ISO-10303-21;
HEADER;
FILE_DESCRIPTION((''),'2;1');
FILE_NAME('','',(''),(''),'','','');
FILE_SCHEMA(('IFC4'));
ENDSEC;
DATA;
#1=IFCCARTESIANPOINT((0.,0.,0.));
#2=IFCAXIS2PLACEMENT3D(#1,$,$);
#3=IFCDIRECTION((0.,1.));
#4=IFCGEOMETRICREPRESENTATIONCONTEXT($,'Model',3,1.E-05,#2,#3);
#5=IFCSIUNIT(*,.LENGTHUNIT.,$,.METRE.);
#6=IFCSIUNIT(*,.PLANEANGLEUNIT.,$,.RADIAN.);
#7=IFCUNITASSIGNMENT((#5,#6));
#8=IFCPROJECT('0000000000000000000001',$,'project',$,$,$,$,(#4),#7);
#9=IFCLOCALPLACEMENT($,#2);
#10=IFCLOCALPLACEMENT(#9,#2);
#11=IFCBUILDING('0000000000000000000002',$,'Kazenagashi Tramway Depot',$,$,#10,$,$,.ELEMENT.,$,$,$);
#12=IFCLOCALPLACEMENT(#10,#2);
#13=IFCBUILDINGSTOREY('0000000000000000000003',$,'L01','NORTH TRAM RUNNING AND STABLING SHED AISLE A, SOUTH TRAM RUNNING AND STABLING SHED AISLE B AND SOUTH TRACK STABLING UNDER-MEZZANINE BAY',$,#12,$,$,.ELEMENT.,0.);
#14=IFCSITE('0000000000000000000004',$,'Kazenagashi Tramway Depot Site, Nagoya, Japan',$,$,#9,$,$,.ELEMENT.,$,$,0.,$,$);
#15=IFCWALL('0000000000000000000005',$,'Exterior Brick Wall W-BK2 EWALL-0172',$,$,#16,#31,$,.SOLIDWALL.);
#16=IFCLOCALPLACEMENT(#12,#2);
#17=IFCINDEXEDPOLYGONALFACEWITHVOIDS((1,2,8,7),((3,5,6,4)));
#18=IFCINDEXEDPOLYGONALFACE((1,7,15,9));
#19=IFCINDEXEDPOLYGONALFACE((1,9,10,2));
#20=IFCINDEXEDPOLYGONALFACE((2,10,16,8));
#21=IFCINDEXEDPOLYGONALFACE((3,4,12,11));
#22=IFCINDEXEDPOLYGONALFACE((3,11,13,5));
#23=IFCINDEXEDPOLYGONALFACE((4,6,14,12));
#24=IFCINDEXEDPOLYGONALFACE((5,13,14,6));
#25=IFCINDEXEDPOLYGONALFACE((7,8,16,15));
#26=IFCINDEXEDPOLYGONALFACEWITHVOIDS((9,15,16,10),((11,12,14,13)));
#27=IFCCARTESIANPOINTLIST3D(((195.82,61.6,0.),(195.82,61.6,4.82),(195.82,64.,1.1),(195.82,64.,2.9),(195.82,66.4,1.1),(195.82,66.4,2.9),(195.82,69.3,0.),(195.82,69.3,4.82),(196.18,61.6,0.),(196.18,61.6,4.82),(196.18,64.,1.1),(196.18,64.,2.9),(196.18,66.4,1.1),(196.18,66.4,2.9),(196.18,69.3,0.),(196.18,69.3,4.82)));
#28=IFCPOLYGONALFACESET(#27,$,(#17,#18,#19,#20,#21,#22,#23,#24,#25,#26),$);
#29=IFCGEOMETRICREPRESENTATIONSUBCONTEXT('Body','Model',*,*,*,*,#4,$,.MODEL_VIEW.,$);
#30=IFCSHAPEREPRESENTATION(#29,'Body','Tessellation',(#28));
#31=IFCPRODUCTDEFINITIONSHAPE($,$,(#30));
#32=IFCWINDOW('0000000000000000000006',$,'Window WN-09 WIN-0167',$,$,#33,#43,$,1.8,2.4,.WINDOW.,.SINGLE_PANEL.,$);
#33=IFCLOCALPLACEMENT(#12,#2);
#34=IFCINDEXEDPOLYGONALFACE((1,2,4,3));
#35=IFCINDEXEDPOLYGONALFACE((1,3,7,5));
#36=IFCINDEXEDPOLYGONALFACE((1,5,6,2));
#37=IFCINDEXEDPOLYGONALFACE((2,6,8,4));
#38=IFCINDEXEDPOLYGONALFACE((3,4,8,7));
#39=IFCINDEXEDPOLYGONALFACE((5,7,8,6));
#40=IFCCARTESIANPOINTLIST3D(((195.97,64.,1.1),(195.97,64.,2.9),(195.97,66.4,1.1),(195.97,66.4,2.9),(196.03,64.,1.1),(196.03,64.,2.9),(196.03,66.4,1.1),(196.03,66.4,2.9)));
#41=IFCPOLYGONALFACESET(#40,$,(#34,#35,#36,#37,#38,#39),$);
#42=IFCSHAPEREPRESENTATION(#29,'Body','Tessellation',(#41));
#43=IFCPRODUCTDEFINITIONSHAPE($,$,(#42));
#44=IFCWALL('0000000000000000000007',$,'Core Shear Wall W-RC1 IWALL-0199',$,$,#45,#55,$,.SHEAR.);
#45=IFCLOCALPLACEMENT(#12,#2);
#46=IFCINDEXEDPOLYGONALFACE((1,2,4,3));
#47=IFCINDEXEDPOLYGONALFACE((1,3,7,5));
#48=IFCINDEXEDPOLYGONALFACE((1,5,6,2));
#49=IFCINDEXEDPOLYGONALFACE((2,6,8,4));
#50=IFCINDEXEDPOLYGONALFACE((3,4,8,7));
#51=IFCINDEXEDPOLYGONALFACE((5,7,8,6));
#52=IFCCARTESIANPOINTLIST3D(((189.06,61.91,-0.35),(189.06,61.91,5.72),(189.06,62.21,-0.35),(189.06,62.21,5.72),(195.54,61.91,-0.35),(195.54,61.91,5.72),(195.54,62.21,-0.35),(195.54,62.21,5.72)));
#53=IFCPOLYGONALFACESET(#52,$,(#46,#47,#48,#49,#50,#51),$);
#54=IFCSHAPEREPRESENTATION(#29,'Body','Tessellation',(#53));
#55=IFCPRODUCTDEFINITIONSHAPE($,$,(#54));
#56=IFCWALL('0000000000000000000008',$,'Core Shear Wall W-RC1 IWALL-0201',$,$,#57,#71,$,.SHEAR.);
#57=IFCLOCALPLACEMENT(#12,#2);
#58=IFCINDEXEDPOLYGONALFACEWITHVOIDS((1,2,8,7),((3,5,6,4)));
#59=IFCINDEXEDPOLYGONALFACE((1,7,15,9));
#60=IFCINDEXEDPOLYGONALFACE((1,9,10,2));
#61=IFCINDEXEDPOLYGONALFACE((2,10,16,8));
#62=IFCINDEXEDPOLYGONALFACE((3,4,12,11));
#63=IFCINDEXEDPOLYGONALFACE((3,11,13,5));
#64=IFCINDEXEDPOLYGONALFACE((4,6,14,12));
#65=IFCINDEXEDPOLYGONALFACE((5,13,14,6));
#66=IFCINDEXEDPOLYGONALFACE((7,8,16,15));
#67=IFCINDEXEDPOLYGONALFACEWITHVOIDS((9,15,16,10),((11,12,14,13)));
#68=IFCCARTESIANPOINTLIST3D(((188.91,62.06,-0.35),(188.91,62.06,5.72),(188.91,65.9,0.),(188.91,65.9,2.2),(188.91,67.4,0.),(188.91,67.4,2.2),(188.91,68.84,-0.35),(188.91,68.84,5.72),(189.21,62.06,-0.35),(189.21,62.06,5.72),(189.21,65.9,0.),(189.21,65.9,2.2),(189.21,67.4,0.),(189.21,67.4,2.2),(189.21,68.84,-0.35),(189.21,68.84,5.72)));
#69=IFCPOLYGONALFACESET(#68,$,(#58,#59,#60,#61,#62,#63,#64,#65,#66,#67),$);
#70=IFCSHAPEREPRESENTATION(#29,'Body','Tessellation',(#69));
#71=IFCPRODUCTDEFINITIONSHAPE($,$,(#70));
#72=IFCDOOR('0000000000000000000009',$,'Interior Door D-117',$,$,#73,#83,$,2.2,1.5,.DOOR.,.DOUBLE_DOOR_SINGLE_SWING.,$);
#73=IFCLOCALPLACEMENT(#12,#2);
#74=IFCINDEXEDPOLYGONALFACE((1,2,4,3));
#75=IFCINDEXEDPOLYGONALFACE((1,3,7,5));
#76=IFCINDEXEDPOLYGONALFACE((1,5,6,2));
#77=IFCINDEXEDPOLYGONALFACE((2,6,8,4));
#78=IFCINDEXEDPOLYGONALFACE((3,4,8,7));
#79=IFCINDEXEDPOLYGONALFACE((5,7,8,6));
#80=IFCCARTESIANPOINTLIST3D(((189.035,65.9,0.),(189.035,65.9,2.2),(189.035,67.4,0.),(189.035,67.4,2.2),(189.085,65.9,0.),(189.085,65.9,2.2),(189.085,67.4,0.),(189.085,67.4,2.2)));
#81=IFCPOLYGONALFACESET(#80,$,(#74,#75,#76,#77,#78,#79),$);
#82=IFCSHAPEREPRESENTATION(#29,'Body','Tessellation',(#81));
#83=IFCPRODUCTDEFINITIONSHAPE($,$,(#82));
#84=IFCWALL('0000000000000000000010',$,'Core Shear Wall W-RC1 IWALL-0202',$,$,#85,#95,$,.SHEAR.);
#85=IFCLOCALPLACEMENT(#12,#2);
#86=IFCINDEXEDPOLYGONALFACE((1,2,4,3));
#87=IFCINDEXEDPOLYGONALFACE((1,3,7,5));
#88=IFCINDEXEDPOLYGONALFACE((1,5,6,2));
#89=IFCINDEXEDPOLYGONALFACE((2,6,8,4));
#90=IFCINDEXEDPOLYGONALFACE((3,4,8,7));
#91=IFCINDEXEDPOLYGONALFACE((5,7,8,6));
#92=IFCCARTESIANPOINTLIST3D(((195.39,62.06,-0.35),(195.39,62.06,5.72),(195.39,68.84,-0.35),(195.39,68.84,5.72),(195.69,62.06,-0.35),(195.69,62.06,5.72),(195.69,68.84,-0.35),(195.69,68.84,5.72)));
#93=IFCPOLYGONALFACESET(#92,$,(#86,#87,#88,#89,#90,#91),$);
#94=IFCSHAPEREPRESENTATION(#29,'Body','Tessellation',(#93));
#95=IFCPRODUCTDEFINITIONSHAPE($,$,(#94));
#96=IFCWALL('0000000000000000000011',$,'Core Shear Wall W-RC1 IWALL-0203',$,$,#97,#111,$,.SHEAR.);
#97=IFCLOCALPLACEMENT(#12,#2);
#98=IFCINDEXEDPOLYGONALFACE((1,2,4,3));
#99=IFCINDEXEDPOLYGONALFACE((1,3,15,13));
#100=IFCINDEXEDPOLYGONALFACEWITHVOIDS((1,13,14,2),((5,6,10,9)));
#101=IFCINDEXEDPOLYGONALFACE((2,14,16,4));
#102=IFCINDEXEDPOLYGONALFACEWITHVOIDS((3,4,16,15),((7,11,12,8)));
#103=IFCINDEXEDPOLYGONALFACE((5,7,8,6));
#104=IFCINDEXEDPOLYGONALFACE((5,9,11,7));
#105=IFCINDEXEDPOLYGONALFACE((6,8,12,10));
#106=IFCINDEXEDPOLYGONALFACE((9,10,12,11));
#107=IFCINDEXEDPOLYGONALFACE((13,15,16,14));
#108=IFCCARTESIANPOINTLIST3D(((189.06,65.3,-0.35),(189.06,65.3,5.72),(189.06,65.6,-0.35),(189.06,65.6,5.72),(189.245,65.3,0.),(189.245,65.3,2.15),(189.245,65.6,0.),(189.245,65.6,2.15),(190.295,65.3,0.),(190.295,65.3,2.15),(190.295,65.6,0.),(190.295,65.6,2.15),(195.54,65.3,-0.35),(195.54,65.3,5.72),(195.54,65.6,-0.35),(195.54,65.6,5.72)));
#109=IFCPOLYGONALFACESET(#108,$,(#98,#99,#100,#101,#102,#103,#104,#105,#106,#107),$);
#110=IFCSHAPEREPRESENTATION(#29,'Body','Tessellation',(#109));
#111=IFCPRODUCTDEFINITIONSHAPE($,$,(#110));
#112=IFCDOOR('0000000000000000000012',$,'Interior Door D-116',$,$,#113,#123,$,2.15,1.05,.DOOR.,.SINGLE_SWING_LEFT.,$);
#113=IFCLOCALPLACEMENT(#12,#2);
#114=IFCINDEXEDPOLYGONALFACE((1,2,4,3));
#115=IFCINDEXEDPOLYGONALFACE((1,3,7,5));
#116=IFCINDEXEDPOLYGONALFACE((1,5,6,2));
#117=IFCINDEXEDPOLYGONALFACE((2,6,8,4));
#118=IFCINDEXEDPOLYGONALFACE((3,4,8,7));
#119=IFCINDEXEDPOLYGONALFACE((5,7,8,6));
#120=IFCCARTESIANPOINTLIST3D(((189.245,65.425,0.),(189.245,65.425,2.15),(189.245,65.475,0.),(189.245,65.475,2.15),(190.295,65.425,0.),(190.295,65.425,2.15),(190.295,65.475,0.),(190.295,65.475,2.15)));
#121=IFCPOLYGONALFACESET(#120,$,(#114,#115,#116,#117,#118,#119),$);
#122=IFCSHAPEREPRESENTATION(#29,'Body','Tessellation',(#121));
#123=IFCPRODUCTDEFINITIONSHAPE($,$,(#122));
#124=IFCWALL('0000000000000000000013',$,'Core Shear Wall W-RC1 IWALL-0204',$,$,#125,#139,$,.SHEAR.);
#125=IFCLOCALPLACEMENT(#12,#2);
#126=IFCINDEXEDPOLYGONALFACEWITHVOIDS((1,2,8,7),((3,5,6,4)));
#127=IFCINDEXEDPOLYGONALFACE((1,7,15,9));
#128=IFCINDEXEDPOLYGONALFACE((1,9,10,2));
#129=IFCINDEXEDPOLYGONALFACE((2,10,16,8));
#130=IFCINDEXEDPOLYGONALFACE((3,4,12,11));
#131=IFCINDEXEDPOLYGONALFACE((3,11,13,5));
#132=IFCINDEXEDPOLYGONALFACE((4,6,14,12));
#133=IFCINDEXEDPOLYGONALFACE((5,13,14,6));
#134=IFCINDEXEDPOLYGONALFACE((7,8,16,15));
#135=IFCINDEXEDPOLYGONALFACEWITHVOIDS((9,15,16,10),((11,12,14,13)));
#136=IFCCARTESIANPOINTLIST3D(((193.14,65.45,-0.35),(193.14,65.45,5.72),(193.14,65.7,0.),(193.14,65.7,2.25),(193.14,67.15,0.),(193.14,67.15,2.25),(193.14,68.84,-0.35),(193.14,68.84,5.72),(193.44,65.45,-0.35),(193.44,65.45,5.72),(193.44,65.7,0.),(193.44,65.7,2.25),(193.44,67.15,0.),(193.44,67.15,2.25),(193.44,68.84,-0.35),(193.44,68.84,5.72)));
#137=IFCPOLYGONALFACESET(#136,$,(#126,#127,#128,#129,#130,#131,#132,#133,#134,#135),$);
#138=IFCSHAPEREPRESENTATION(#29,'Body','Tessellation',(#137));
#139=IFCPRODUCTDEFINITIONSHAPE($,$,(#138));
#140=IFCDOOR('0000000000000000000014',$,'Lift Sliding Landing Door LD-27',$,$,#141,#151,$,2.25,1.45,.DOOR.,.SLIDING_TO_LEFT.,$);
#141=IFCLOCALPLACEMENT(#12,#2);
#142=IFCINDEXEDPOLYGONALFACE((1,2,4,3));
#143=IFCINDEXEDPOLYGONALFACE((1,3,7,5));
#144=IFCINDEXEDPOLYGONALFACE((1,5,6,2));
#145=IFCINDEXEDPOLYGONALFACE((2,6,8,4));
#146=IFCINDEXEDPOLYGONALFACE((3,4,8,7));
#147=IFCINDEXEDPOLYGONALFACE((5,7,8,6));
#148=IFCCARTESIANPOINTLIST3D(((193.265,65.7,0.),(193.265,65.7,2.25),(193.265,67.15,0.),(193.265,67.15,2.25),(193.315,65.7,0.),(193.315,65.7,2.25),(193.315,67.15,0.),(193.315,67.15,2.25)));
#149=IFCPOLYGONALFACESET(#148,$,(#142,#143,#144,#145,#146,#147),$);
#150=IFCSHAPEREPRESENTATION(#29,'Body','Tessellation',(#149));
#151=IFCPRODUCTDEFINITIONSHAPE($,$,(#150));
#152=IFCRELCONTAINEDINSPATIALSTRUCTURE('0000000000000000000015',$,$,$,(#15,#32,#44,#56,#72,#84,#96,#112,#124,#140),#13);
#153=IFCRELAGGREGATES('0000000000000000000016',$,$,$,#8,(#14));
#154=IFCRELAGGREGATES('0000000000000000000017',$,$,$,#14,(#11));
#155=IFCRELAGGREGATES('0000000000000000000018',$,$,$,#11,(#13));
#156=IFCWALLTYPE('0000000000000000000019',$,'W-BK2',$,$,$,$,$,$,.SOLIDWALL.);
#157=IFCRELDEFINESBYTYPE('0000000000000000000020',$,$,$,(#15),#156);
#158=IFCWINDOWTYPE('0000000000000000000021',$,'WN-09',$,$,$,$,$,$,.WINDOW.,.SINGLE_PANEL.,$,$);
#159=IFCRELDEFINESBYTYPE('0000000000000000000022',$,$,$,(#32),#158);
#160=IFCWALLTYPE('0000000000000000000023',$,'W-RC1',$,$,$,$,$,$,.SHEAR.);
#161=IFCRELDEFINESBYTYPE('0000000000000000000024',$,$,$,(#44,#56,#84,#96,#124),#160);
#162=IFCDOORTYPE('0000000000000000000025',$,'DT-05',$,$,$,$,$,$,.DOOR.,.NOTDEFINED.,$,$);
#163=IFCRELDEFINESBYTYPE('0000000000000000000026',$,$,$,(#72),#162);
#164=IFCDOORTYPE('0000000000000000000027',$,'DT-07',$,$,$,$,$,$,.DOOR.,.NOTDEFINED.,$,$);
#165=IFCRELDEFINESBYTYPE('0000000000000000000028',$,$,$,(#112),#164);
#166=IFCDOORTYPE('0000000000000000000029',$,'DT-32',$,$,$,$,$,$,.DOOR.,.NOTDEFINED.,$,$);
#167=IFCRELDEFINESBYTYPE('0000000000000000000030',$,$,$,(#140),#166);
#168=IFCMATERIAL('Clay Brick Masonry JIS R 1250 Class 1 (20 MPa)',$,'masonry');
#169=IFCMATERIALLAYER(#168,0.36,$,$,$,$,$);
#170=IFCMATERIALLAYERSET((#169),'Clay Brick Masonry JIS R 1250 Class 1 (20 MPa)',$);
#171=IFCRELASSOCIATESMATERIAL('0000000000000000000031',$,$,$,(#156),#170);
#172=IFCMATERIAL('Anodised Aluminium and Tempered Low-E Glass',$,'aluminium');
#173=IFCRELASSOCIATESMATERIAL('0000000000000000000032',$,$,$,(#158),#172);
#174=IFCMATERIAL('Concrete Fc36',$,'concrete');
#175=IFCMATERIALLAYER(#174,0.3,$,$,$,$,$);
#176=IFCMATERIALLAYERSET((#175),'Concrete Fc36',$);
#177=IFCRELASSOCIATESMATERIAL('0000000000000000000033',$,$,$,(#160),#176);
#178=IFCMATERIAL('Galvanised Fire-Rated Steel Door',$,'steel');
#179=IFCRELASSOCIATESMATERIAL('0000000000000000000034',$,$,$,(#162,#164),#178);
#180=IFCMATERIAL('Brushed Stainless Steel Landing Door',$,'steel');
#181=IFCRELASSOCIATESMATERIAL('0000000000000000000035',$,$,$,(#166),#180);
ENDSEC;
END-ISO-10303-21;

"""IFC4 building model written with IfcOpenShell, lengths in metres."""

from ifc_helpers import new_model, si_unit, direction, frame, frame_2d, origin, place, context, subcontext, project, spatial, rectangle, extrude, material, layer, layer_set, type_object, element, fill, save


model = new_model("IFC4")

# Units and contexts
model_context = context("Model", 3, precision=1e-05, world=origin(), true_north=direction((0.0, 1.0)))
body_context = subcontext(model_context, "Body", "Model", "MODEL_VIEW")
ifc_project = project(units=[si_unit("LENGTHUNIT", "METRE"), si_unit("PLANEANGLEUNIT", "RADIAN")], contexts=[model_context])

# Site, building, storey
site_placement = place(None, origin())
site = spatial("IfcSite", under=ifc_project, at=site_placement, Name="Kazenagashi Tramway Depot Site, Nagoya, Japan", CompositionType="ELEMENT", RefElevation=0.0)
building_placement = place(site_placement, origin())
building = spatial("IfcBuilding", under=site, at=building_placement, Name="Kazenagashi Tramway Depot", CompositionType="ELEMENT")
storey_placement = place(building_placement, origin())
storey = spatial("IfcBuildingStorey", under=building, at=storey_placement, Name="L01", Description="NORTH TRAM RUNNING AND STABLING SHED AISLE A, SOUTH TRAM RUNNING AND STABLING SHED AISLE B AND SOUTH TRACK STABLING UNDER-MEZZANINE BAY", CompositionType="ELEMENT", Elevation=0.0)

# Wall, opening, window
ifc_material_1 = material(Name="Clay Brick Masonry JIS R 1250 Class 1 (20 MPa)", Category="masonry")
ifc_layer_1 = layer(ifc_material_1, 0.36)
ifc_layer_set_1 = layer_set([ifc_layer_1], Name="Clay Brick Masonry JIS R 1250 Class 1 (20 MPa)")
wall_type_1 = type_object("IfcWallType", Name="W-BK2", PredefinedType="SOLIDWALL", material=ifc_layer_set_1)
wall_1_placement = place(storey_placement, frame((196.0, 61.6, 0.0), z_axis=(0.0, 0.0, 1.0), x_axis=(0.0, 1.0, 0.0)))
wall_1 = element("IfcWall", 1, at=wall_1_placement, inside=storey, type_object=wall_type_1, Name="Exterior Brick Wall W-BK2 EWALL-0172", PredefinedType="SOLIDWALL", context=body_context, shape_type="SweptSolid", body=[
    extrude(rectangle(XDim=7.7, YDim=0.36, at=frame_2d((3.85, 0.0))), origin(), (0.0, 0.0, 1.0), 4.82),
])
opening_1_placement = place(wall_1_placement, frame((2.4, 0.0, 1.1)))
opening_1 = element("IfcOpeningElement", 2, at=opening_1_placement, cuts=wall_1, PredefinedType="OPENING", context=body_context, shape_type="SweptSolid", body=[
    extrude(rectangle(XDim=2.4, YDim=1.8, at=frame_2d((1.2, 0.9))), frame((0.0, 0.19, 0.0), z_axis=(0.0, -1.0, 0.0), x_axis=(1.0, 0.0, 0.0)), (0.0, 0.0, 1.0), 0.38),
])
ifc_material_2 = material(Name="Anodised Aluminium and Tempered Low-E Glass", Category="aluminium")
window_type = type_object("IfcWindowType", Name="WN-09", PartitioningType="SINGLE_PANEL", PredefinedType="WINDOW", material=ifc_material_2)
window_placement = place(opening_1_placement, origin())
window = element("IfcWindow", 3, at=window_placement, inside=storey, type_object=window_type, Name="Window WN-09 WIN-0167", OverallHeight=1.8, OverallWidth=2.4, PartitioningType="SINGLE_PANEL", PredefinedType="WINDOW", context=body_context, shape_type="SweptSolid", body=[
    extrude(rectangle(XDim=2.4, YDim=1.8, at=frame_2d((1.2, 0.9))), frame((0.0, 0.03, 0.0), z_axis=(0.0, -1.0, 0.0), x_axis=(1.0, 0.0, 0.0)), (0.0, 0.0, 1.0), 0.06),
])
fill(opening_1, window)

# Wall
ifc_material_3 = material(Name="Concrete Fc36", Category="concrete")
ifc_layer_2 = layer(ifc_material_3, 0.3)
ifc_layer_set_2 = layer_set([ifc_layer_2], Name="Concrete Fc36")
wall_type_2 = type_object("IfcWallType", Name="W-RC1", PredefinedType="SHEAR", material=ifc_layer_set_2)
wall_2_placement = place(storey_placement, frame((189.06, 62.06, -0.35), z_axis=(0.0, 0.0, 1.0), x_axis=(1.0, 0.0, 0.0)))
element("IfcWall", 4, at=wall_2_placement, inside=storey, type_object=wall_type_2, Name="Core Shear Wall W-RC1 IWALL-0199", PredefinedType="SHEAR", context=body_context, shape_type="SweptSolid", body=[
    extrude(rectangle(XDim=6.48, YDim=0.3, at=frame_2d((3.24, 0.0))), origin(), (0.0, 0.0, 1.0), 6.07),
])

# Wall, opening, door
wall_3_placement = place(storey_placement, frame((189.06, 62.06, -0.35), z_axis=(0.0, 0.0, 1.0), x_axis=(0.0, 1.0, 0.0)))
wall_3 = element("IfcWall", 5, at=wall_3_placement, inside=storey, type_object=wall_type_2, Name="Core Shear Wall W-RC1 IWALL-0201", PredefinedType="SHEAR", context=body_context, shape_type="SweptSolid", body=[
    extrude(rectangle(XDim=6.78, YDim=0.3, at=frame_2d((3.39, 0.0))), origin(), (0.0, 0.0, 1.0), 6.07),
])
opening_2_placement = place(wall_3_placement, frame((3.84, 0.0, 0.35)))
opening_2 = element("IfcOpeningElement", 6, at=opening_2_placement, cuts=wall_3, PredefinedType="OPENING", context=body_context, shape_type="SweptSolid", body=[
    extrude(rectangle(XDim=1.5, YDim=2.2, at=frame_2d((0.75, 1.1))), frame((0.0, 0.16, 0.0), z_axis=(0.0, -1.0, 0.0), x_axis=(1.0, 0.0, 0.0)), (0.0, 0.0, 1.0), 0.32),
])
ifc_material_4 = material(Name="Galvanised Fire-Rated Steel Door", Category="steel")
door_type_1 = type_object("IfcDoorType", Name="DT-05", OperationType="NOTDEFINED", PredefinedType="DOOR", material=ifc_material_4)
door_1_placement = place(opening_2_placement, origin())
door_1 = element("IfcDoor", 7, at=door_1_placement, inside=storey, type_object=door_type_1, Name="Interior Door D-117", OperationType="DOUBLE_DOOR_SINGLE_SWING", OverallHeight=2.2, OverallWidth=1.5, PredefinedType="DOOR", context=body_context, shape_type="SweptSolid", body=[
    extrude(rectangle(XDim=1.5, YDim=2.2, at=frame_2d((0.75, 1.1))), frame((0.0, 0.025, 0.0), z_axis=(0.0, -1.0, 0.0), x_axis=(1.0, 0.0, 0.0)), (0.0, 0.0, 1.0), 0.05),
])
fill(opening_2, door_1)

# Wall
wall_4_placement = place(storey_placement, frame((195.54, 62.06, -0.35), z_axis=(0.0, 0.0, 1.0), x_axis=(0.0, 1.0, 0.0)))
element("IfcWall", 8, at=wall_4_placement, inside=storey, type_object=wall_type_2, Name="Core Shear Wall W-RC1 IWALL-0202", PredefinedType="SHEAR", context=body_context, shape_type="SweptSolid", body=[
    extrude(rectangle(XDim=6.78, YDim=0.3, at=frame_2d((3.39, 0.0))), origin(), (0.0, 0.0, 1.0), 6.07),
])

# Walls, openings, doors
wall_5_placement = place(storey_placement, frame((189.06, 65.45, -0.35), z_axis=(0.0, 0.0, 1.0), x_axis=(1.0, 0.0, 0.0)))
wall_5 = element("IfcWall", 9, at=wall_5_placement, inside=storey, type_object=wall_type_2, Name="Core Shear Wall W-RC1 IWALL-0203", PredefinedType="SHEAR", context=body_context, shape_type="SweptSolid", body=[
    extrude(rectangle(XDim=6.48, YDim=0.3, at=frame_2d((3.24, 0.0))), origin(), (0.0, 0.0, 1.0), 6.07),
])
opening_3_placement = place(wall_5_placement, frame((0.185, 0.0, 0.35)))
opening_3 = element("IfcOpeningElement", 10, at=opening_3_placement, cuts=wall_5, PredefinedType="OPENING", context=body_context, shape_type="SweptSolid", body=[
    extrude(rectangle(XDim=1.05, YDim=2.15, at=frame_2d((0.525, 1.075))), frame((0.0, 0.16, 0.0), z_axis=(0.0, -1.0, 0.0), x_axis=(1.0, 0.0, 0.0)), (0.0, 0.0, 1.0), 0.32),
])
door_type_2 = type_object("IfcDoorType", Name="DT-07", OperationType="NOTDEFINED", PredefinedType="DOOR", material=ifc_material_4)
door_2_placement = place(opening_3_placement, origin())
door_2 = element("IfcDoor", 11, at=door_2_placement, inside=storey, type_object=door_type_2, Name="Interior Door D-116", OperationType="SINGLE_SWING_LEFT", OverallHeight=2.15, OverallWidth=1.05, PredefinedType="DOOR", context=body_context, shape_type="SweptSolid", body=[
    extrude(rectangle(XDim=1.05, YDim=2.15, at=frame_2d((0.525, 1.075))), frame((0.0, 0.025, 0.0), z_axis=(0.0, -1.0, 0.0), x_axis=(1.0, 0.0, 0.0)), (0.0, 0.0, 1.0), 0.05),
])
fill(opening_3, door_2)
wall_6_placement = place(storey_placement, frame((193.29, 65.45, -0.35), z_axis=(0.0, 0.0, 1.0), x_axis=(0.0, 1.0, 0.0)))
wall_6 = element("IfcWall", 12, at=wall_6_placement, inside=storey, type_object=wall_type_2, Name="Core Shear Wall W-RC1 IWALL-0204", PredefinedType="SHEAR", context=body_context, shape_type="SweptSolid", body=[
    extrude(rectangle(XDim=3.39, YDim=0.3, at=frame_2d((1.695, 0.0))), origin(), (0.0, 0.0, 1.0), 6.07),
])
opening_4_placement = place(wall_6_placement, frame((0.25, 0.0, 0.35)))
opening_4 = element("IfcOpeningElement", 13, at=opening_4_placement, cuts=wall_6, PredefinedType="OPENING", context=body_context, shape_type="SweptSolid", body=[
    extrude(rectangle(XDim=1.45, YDim=2.25, at=frame_2d((0.725, 1.125))), frame((0.0, 0.16, 0.0), z_axis=(0.0, -1.0, 0.0), x_axis=(1.0, 0.0, 0.0)), (0.0, 0.0, 1.0), 0.32),
])
ifc_material_5 = material(Name="Brushed Stainless Steel Landing Door", Category="steel")
door_type_3 = type_object("IfcDoorType", Name="DT-32", OperationType="NOTDEFINED", PredefinedType="DOOR", material=ifc_material_5)
door_3_placement = place(opening_4_placement, origin())
door_3 = element("IfcDoor", 14, at=door_3_placement, inside=storey, type_object=door_type_3, Name="Lift Sliding Landing Door LD-27", OperationType="SLIDING_TO_LEFT", OverallHeight=2.25, OverallWidth=1.45, PredefinedType="DOOR", context=body_context, shape_type="SweptSolid", body=[
    extrude(rectangle(XDim=1.45, YDim=2.25, at=frame_2d((0.725, 1.125))), frame((0.0, 0.025, 0.0), z_axis=(0.0, -1.0, 0.0), x_axis=(1.0, 0.0, 0.0)), (0.0, 0.0, 1.0), 0.05),
])
fill(opening_4, door_3)

save(model, "model.ifc")
